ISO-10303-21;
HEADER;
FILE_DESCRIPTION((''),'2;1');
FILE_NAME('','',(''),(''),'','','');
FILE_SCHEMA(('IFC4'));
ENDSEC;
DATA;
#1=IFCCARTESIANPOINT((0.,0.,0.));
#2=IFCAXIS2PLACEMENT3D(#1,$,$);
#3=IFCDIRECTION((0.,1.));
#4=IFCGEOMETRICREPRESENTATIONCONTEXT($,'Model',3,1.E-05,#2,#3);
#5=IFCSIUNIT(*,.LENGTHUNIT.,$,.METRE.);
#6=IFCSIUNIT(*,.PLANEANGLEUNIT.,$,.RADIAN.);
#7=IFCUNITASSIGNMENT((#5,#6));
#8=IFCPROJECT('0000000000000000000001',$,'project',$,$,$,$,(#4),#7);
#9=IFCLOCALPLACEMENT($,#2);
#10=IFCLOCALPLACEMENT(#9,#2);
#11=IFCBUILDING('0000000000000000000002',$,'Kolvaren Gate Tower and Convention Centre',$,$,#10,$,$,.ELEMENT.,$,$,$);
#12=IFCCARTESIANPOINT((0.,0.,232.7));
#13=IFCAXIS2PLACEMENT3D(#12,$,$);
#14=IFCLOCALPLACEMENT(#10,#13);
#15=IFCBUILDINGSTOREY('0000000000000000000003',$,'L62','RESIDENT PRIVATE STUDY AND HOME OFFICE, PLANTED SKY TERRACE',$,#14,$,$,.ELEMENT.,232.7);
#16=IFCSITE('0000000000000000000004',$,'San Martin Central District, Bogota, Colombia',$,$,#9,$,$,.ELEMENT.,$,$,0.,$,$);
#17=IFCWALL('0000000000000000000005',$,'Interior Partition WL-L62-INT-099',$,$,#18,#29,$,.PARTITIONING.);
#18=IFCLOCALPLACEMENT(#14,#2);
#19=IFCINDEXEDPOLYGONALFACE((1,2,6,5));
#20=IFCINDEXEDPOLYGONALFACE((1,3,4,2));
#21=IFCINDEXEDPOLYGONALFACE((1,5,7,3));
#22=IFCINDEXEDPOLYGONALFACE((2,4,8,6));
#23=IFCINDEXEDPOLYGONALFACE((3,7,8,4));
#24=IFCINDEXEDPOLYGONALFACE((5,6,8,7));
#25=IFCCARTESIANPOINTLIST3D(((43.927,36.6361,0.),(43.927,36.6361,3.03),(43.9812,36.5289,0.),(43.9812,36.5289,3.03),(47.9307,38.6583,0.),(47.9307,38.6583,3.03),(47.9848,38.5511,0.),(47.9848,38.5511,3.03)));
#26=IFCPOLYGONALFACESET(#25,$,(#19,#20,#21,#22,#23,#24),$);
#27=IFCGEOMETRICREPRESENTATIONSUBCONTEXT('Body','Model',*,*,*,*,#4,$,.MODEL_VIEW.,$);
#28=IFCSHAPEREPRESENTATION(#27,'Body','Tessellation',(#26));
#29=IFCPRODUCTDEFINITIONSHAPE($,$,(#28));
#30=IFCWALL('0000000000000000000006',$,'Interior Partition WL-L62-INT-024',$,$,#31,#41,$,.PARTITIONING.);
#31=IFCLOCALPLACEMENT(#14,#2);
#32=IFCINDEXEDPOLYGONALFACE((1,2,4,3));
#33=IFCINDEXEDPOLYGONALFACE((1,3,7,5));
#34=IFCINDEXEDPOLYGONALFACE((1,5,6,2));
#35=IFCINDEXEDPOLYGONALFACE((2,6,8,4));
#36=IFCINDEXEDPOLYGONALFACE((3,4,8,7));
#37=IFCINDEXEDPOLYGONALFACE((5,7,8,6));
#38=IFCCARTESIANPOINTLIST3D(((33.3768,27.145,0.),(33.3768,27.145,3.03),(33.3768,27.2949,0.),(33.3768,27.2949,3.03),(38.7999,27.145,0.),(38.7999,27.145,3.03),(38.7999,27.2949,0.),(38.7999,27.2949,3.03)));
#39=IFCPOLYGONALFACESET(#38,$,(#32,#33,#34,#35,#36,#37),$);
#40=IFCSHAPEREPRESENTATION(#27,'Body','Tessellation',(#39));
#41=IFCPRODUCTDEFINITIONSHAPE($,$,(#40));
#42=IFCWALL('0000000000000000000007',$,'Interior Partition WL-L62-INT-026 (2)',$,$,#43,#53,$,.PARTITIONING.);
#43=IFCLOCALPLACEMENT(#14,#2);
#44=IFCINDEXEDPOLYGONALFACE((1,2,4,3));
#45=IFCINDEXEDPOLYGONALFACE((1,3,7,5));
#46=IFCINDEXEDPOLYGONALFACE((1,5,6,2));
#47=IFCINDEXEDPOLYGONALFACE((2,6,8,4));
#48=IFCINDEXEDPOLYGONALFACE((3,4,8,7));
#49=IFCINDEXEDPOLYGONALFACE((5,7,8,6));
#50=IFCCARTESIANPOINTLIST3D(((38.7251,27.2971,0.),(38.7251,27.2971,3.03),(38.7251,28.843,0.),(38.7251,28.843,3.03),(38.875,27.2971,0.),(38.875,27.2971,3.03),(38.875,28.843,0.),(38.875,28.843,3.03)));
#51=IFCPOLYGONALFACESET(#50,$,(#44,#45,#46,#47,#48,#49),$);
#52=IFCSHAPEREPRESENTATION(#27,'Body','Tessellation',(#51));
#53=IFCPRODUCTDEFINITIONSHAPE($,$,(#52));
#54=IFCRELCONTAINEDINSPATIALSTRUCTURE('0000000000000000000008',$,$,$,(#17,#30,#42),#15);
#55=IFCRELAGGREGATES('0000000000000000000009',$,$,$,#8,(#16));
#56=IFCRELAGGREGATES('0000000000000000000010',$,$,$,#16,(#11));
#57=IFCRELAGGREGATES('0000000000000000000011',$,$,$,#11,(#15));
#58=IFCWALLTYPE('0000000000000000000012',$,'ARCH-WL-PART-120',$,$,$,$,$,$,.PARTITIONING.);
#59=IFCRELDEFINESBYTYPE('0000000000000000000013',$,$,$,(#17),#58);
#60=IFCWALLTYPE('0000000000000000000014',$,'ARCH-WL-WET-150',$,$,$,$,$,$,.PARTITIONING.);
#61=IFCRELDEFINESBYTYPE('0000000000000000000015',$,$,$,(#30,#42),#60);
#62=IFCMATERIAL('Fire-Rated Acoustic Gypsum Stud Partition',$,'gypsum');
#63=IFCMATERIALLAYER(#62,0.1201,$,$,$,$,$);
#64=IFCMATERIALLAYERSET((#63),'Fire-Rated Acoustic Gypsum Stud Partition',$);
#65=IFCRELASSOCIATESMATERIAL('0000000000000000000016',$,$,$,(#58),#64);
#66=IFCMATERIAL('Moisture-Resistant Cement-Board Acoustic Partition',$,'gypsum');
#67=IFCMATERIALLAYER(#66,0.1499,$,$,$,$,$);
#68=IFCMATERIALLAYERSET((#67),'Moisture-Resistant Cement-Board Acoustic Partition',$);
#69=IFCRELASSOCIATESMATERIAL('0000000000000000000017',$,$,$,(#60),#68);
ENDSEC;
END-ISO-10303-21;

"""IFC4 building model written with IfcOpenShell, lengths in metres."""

from ifc_helpers import new_model, si_unit, direction, frame, frame_2d, origin, place, context, subcontext, project, spatial, rectangle, extrude, material, layer, layer_set, type_object, element, save


model = new_model("IFC4")

# Units and contexts
model_context = context("Model", 3, precision=1e-05, world=origin(), true_north=direction((0.0, 1.0)))
body_context = subcontext(model_context, "Body", "Model", "MODEL_VIEW")
ifc_project = project(units=[si_unit("LENGTHUNIT", "METRE"), si_unit("PLANEANGLEUNIT", "RADIAN")], contexts=[model_context])

# Site, building, storey
site_placement = place(None, origin())
site = spatial("IfcSite", under=ifc_project, at=site_placement, Name="San Martin Central District, Bogota, Colombia", CompositionType="ELEMENT", RefElevation=0.0)
building_placement = place(site_placement, origin())
building = spatial("IfcBuilding", under=site, at=building_placement, Name="Kolvaren Gate Tower and Convention Centre", CompositionType="ELEMENT")
storey_placement = place(building_placement, frame((0.0, 0.0, 232.7)))
storey = spatial("IfcBuildingStorey", under=building, at=storey_placement, Name="L62", Description="RESIDENT PRIVATE STUDY AND HOME OFFICE, PLANTED SKY TERRACE", CompositionType="ELEMENT", Elevation=232.7)

# Shared definitions
ifc_material_1 = material(Name="Fire-Rated Acoustic Gypsum Stud Partition", Category="gypsum")
ifc_layer_1 = layer(ifc_material_1, 0.1201)
ifc_layer_set_1 = layer_set([ifc_layer_1], Name="Fire-Rated Acoustic Gypsum Stud Partition")
wall_type_1 = type_object("IfcWallType", Name="ARCH-WL-PART-120", PredefinedType="PARTITIONING", material=ifc_layer_set_1)

# Walls
wall_1_placement = place(storey_placement, frame((43.9541, 36.5825, 0.0), z_axis=(0.0, 0.0, 1.0), x_axis=(0.892602, 0.450846, 0.0)))
element("IfcWall", 1, at=wall_1_placement, inside=storey, type_object=wall_type_1, Name="Interior Partition WL-L62-INT-099", PredefinedType="PARTITIONING", context=body_context, shape_type="SweptSolid", body=[
    extrude(rectangle(XDim=4.4854, YDim=0.1201, at=frame_2d((2.2427, 0.0))), origin(), (0.0, 0.0, 1.0), 3.03),
])
ifc_material_2 = material(Name="Moisture-Resistant Cement-Board Acoustic Partition", Category="gypsum")
ifc_layer_2 = layer(ifc_material_2, 0.1499)
ifc_layer_set_2 = layer_set([ifc_layer_2], Name="Moisture-Resistant Cement-Board Acoustic Partition")
wall_type_2 = type_object("IfcWallType", Name="ARCH-WL-WET-150", PredefinedType="PARTITIONING", material=ifc_layer_set_2)
wall_2_placement = place(storey_placement, frame((33.377, 27.22, 0.0), z_axis=(0.0, 0.0, 1.0), x_axis=(1.0, 0.0, 0.0)))
element("IfcWall", 2, at=wall_2_placement, inside=storey, type_object=wall_type_2, Name="Interior Partition WL-L62-INT-024", PredefinedType="PARTITIONING", context=body_context, shape_type="SweptSolid", body=[
    extrude(rectangle(XDim=5.4231, YDim=0.1499, at=frame_2d((2.7114, 0.0))), origin(), (0.0, 0.0, 1.0), 3.03),
])
wall_3_placement = place(storey_placement, frame((38.8, 27.2971, 0.0), z_axis=(0.0, 0.0, 1.0), x_axis=(0.0, 1.0, 0.0)))
element("IfcWall", 3, at=wall_3_placement, inside=storey, type_object=wall_type_2, Name="Interior Partition WL-L62-INT-026 (2)", PredefinedType="PARTITIONING", context=body_context, shape_type="SweptSolid", body=[
    extrude(rectangle(XDim=1.5459, YDim=0.1499, at=frame_2d((0.7729, 0.0))), origin(), (0.0, 0.0, 1.0), 3.03),
])

save(model, "model.ifc")
